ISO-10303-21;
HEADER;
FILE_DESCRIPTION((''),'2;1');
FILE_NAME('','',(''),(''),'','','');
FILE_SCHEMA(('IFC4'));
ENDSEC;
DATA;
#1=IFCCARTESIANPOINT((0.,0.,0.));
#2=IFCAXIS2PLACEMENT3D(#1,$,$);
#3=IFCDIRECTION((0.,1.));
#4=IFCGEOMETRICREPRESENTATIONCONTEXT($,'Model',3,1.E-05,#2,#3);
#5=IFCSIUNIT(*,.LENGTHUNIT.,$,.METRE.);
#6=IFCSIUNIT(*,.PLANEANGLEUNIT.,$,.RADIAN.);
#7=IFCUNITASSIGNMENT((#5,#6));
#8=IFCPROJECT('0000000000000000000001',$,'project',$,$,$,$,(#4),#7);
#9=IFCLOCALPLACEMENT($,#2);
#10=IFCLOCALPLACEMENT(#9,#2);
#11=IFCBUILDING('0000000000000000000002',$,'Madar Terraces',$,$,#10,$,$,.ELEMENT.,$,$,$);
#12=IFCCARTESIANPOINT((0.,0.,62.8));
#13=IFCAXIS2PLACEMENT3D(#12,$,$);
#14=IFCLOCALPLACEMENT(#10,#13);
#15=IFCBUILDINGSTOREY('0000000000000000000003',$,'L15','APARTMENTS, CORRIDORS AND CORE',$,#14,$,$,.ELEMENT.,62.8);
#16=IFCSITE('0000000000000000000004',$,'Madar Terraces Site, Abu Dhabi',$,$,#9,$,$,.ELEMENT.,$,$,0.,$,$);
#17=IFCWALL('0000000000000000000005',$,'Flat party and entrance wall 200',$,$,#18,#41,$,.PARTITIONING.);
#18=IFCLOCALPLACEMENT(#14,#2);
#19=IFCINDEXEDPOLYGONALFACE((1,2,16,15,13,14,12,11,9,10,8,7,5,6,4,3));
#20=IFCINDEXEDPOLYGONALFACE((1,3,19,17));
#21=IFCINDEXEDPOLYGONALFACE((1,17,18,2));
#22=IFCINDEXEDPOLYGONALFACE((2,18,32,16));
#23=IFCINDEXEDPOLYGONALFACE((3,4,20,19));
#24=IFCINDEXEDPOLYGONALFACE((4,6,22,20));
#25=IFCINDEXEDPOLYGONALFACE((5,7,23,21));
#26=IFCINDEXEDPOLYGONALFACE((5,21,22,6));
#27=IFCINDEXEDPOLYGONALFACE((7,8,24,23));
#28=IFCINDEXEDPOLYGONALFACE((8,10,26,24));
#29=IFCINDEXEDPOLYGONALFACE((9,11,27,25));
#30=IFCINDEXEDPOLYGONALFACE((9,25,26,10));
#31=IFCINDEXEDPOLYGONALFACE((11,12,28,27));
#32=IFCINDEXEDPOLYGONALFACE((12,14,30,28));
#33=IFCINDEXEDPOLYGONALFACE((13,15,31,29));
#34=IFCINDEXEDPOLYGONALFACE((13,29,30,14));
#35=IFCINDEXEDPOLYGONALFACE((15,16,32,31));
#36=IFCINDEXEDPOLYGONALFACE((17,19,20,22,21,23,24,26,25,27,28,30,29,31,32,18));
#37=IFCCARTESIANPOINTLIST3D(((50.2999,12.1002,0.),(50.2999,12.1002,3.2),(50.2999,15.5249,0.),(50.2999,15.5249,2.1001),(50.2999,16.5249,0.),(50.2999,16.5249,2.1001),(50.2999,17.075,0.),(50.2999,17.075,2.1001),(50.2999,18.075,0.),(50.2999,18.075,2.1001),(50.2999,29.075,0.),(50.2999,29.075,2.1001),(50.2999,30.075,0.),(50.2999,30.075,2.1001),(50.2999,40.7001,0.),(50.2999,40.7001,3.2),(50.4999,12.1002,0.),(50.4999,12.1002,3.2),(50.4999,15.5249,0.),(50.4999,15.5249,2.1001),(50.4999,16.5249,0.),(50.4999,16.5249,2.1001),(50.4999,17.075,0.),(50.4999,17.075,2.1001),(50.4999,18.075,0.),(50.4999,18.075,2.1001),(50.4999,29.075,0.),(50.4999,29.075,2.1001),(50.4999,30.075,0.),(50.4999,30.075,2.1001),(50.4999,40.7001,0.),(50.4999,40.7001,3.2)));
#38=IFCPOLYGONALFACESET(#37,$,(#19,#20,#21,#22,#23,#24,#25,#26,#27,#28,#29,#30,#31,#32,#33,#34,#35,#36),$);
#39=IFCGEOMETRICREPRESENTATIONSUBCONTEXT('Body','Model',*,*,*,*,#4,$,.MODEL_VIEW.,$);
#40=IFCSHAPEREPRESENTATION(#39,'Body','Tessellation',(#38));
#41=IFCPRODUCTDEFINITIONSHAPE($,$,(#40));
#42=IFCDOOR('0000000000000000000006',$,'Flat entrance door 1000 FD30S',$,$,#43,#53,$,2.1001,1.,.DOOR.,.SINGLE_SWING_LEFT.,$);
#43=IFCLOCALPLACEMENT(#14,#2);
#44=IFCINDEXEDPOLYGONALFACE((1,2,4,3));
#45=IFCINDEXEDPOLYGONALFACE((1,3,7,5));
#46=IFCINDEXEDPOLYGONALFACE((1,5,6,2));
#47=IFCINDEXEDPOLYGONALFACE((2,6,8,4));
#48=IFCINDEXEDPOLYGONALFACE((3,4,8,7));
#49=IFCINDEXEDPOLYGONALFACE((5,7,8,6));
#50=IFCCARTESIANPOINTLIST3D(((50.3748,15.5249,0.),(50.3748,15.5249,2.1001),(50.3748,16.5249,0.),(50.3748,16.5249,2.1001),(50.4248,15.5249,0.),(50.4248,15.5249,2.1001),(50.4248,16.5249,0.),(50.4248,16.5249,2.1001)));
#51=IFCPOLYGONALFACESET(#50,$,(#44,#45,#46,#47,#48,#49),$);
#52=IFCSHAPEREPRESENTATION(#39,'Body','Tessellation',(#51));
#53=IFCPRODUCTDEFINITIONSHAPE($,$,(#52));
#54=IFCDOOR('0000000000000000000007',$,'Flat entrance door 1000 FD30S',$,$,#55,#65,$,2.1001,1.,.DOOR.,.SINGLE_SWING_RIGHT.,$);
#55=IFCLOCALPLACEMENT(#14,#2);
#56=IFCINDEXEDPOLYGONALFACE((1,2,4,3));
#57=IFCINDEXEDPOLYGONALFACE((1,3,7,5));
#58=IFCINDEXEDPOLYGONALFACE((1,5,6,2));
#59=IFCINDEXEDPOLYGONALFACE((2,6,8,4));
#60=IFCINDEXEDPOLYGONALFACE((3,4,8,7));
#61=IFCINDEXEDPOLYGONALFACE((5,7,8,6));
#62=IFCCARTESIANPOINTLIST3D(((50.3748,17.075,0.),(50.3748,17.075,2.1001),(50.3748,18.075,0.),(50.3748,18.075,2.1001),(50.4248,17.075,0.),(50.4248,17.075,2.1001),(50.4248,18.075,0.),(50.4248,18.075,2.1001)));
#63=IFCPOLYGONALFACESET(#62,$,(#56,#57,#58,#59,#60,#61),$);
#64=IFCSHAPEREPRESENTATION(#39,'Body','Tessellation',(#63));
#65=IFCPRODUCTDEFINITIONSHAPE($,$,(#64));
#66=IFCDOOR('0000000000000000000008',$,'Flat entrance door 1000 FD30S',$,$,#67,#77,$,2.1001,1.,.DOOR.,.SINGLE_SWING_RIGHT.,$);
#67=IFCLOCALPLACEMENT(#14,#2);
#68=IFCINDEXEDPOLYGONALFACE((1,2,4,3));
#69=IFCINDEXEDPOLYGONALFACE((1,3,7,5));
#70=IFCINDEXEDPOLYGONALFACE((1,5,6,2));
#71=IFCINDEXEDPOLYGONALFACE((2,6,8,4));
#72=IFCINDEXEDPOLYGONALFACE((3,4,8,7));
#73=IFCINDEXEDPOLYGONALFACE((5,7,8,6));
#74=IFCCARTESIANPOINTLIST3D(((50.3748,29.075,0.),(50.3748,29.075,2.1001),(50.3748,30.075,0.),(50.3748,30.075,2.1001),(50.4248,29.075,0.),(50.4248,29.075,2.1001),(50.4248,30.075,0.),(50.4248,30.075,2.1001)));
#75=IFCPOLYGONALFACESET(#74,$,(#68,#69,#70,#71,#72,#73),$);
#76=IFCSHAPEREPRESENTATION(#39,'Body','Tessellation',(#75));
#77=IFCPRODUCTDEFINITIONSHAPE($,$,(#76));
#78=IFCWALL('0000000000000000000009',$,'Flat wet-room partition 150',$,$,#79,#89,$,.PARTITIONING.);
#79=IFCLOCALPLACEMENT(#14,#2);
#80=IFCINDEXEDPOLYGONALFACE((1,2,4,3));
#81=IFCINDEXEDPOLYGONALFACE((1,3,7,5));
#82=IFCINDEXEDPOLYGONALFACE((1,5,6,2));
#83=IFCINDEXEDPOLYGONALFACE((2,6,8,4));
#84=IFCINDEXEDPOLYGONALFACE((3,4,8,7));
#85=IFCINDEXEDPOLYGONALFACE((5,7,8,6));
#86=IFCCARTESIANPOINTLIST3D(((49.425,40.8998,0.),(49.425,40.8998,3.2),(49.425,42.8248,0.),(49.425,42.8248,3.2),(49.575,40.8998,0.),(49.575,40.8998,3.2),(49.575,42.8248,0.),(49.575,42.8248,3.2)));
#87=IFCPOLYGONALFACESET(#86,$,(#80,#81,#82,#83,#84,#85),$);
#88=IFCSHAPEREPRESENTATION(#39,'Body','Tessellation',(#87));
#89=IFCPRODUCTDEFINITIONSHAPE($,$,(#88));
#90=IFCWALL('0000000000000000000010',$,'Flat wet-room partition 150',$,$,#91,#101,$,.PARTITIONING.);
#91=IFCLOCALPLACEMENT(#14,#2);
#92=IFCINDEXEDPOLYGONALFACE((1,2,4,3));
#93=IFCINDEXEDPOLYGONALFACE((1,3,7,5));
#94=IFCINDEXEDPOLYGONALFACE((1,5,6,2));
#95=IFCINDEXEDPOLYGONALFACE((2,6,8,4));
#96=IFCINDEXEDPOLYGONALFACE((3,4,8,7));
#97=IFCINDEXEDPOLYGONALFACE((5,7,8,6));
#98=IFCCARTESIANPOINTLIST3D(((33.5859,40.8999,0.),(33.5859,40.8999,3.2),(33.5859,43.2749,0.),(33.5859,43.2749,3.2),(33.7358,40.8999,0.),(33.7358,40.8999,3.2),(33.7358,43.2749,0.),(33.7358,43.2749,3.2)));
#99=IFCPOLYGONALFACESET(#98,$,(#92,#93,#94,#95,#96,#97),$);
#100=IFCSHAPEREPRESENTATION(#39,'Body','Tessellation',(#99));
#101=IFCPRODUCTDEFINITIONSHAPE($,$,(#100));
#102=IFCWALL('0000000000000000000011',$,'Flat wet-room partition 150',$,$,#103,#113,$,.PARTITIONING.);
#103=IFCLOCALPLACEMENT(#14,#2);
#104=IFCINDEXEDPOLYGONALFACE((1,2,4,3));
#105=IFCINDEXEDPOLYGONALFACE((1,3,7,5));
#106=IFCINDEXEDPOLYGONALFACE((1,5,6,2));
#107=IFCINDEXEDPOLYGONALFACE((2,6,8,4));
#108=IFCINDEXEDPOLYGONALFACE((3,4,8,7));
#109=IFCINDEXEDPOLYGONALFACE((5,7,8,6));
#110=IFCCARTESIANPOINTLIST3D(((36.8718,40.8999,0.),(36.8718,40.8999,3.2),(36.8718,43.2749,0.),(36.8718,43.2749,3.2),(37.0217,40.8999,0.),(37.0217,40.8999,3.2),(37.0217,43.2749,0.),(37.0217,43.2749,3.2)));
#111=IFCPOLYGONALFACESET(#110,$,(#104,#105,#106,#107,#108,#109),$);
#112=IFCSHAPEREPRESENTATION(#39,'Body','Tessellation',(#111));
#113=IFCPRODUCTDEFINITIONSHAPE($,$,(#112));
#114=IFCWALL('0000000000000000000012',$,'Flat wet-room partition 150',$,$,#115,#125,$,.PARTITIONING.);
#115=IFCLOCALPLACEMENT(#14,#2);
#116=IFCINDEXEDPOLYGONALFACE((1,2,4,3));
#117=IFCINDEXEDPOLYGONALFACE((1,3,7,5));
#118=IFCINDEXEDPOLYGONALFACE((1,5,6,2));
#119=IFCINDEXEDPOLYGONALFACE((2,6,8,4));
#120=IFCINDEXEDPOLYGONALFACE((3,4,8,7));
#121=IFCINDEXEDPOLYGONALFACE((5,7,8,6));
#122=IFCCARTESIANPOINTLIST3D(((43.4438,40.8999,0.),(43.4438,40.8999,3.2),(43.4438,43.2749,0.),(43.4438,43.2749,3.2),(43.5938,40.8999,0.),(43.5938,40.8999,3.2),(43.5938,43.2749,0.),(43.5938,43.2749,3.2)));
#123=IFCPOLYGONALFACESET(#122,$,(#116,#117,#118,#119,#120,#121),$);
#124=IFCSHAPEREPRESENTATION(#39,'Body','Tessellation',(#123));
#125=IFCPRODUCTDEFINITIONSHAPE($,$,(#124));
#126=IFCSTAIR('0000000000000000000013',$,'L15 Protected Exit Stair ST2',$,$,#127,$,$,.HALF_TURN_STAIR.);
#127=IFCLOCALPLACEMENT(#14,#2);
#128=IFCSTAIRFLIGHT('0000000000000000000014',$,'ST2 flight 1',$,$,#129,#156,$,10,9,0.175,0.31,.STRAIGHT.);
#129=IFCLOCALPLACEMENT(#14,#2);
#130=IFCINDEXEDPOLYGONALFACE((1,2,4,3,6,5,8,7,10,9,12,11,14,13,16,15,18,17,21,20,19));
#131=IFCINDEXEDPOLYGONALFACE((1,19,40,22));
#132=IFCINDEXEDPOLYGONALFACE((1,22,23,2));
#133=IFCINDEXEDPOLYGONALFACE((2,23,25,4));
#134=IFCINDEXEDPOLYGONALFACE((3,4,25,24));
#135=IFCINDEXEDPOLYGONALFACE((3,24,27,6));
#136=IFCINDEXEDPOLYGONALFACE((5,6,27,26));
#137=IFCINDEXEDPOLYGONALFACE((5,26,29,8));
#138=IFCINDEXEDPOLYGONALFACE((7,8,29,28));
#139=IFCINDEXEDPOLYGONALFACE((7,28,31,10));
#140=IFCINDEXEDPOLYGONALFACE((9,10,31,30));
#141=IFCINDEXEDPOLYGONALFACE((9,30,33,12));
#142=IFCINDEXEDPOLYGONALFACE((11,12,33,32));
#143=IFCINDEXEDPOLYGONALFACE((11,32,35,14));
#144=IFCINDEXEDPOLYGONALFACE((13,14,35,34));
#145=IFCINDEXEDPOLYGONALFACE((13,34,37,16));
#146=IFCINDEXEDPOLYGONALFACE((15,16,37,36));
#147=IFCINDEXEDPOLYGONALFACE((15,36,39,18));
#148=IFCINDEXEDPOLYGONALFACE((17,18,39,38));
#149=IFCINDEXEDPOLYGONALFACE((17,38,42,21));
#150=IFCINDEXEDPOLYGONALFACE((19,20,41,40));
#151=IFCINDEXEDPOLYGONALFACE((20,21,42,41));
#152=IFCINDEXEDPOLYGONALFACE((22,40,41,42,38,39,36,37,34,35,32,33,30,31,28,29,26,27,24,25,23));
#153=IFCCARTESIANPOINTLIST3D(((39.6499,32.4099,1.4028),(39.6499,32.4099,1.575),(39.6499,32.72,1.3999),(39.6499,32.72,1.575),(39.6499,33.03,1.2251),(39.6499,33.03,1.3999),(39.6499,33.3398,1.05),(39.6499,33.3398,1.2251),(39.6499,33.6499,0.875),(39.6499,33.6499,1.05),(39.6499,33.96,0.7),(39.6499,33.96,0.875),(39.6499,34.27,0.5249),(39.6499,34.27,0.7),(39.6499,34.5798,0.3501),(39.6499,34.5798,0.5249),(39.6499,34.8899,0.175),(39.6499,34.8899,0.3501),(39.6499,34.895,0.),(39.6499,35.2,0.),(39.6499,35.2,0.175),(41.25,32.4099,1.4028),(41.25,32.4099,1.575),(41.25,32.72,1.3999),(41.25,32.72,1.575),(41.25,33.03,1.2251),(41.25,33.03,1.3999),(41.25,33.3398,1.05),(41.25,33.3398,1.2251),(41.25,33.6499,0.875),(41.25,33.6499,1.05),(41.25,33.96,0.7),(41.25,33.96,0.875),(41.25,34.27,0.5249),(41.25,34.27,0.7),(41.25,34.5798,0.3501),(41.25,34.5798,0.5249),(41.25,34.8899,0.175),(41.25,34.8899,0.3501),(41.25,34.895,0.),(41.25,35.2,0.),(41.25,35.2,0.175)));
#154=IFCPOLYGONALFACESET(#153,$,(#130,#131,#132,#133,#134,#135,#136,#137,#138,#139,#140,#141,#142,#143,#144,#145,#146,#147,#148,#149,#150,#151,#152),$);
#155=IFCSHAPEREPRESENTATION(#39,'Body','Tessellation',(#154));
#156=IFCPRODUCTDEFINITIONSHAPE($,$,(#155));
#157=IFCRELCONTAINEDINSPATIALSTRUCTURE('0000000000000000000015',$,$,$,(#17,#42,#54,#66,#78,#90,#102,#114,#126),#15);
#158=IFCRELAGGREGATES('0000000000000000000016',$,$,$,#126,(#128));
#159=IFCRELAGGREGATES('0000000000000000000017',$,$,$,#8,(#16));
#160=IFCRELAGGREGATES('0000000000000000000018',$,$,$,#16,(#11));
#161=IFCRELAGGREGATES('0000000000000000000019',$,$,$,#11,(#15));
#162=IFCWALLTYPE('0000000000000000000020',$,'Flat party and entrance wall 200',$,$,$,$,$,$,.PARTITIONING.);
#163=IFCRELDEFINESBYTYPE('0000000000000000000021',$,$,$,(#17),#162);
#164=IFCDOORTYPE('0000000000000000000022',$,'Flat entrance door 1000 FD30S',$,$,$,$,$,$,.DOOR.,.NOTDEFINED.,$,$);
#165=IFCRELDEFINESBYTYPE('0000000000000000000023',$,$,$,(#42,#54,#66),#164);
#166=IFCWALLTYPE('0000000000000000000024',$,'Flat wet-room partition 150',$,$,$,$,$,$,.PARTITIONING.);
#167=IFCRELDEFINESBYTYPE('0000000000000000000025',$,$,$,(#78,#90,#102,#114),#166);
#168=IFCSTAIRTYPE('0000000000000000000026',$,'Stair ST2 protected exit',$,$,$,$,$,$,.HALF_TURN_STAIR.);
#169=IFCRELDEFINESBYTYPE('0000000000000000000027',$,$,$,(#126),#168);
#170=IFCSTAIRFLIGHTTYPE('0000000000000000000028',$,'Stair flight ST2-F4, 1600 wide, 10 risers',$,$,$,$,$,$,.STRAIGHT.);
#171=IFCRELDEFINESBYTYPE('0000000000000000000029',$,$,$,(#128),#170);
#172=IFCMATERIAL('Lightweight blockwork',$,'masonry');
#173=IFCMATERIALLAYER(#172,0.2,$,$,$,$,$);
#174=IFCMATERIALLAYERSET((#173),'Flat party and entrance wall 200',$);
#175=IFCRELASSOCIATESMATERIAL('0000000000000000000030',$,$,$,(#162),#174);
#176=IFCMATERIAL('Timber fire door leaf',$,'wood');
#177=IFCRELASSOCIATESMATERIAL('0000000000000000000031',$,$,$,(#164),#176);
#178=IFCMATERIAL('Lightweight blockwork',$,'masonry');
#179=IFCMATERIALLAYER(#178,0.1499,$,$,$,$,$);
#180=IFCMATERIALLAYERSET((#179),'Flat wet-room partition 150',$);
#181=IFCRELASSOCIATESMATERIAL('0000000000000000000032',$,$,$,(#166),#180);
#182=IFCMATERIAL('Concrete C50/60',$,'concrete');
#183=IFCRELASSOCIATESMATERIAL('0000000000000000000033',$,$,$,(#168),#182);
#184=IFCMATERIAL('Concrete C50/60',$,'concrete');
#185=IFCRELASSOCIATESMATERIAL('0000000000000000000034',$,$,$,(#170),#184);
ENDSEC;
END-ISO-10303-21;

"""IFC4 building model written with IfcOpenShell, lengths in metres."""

from ifc_helpers import new_model, si_unit, direction, frame, frame_2d, origin, place, context, subcontext, project, spatial, polyline, rectangle, outline, extrude, material, layer, layer_set, type_object, element, fill, aggregate, save


model = new_model("IFC4")

# Units and contexts
model_context = context("Model", 3, precision=1e-05, world=origin(), true_north=direction((0.0, 1.0)))
body_context = subcontext(model_context, "Body", "Model", "MODEL_VIEW")
ifc_project = project(units=[si_unit("LENGTHUNIT", "METRE"), si_unit("PLANEANGLEUNIT", "RADIAN")], contexts=[model_context])

# Site, building, storey
site_placement = place(None, origin())
site = spatial("IfcSite", under=ifc_project, at=site_placement, Name="Madar Terraces Site, Abu Dhabi", CompositionType="ELEMENT", RefElevation=0.0)
building_placement = place(site_placement, origin())
building = spatial("IfcBuilding", under=site, at=building_placement, Name="Madar Terraces", CompositionType="ELEMENT")
storey_placement = place(building_placement, frame((0.0, 0.0, 62.8)))
storey = spatial("IfcBuildingStorey", under=building, at=storey_placement, Name="L15", Description="APARTMENTS, CORRIDORS AND CORE", CompositionType="ELEMENT", Elevation=62.8)

# Wall, openings, doors
ifc_material_1 = material(Name="Lightweight blockwork", Category="masonry")
ifc_layer_1 = layer(ifc_material_1, 0.2)
ifc_layer_set_1 = layer_set([ifc_layer_1], Name="Flat party and entrance wall 200")
wall_type_1 = type_object("IfcWallType", Name="Flat party and entrance wall 200", PredefinedType="PARTITIONING", material=ifc_layer_set_1)
wall_1_placement = place(storey_placement, frame((50.3999, 40.7, 0.0), z_axis=(0.0, 0.0, 1.0), x_axis=(0.0, -1.0, 0.0)))
wall_1 = element("IfcWall", 1, at=wall_1_placement, inside=storey, type_object=wall_type_1, Name="Flat party and entrance wall 200", PredefinedType="PARTITIONING", context=body_context, shape_type="SweptSolid", body=[
    extrude(rectangle(XDim=28.5999, YDim=0.2, at=frame_2d((14.2998, 0.0))), origin(), (0.0, 0.0, 1.0), 3.2),
])
opening_1_placement = place(wall_1_placement, frame((24.175, 0.0, 0.0)))
opening_1 = element("IfcOpeningElement", 2, at=opening_1_placement, cuts=wall_1, PredefinedType="OPENING", context=body_context, shape_type="SweptSolid", body=[
    extrude(rectangle(XDim=1.0, YDim=2.1001, at=frame_2d((0.5, 1.05))), frame((0.0, 0.1099, 0.0), z_axis=(0.0, -1.0, 0.0), x_axis=(1.0, 0.0, 0.0)), (0.0, 0.0, 1.0), 0.22),
])
opening_2_placement = place(wall_1_placement, frame((22.625, 0.0, 0.0)))
opening_2 = element("IfcOpeningElement", 3, at=opening_2_placement, cuts=wall_1, PredefinedType="OPENING", context=body_context, shape_type="SweptSolid", body=[
    extrude(rectangle(XDim=1.0, YDim=2.1001, at=frame_2d((0.5, 1.05))), frame((0.0, 0.1099, 0.0), z_axis=(0.0, -1.0, 0.0), x_axis=(1.0, 0.0, 0.0)), (0.0, 0.0, 1.0), 0.22),
])
opening_3_placement = place(wall_1_placement, frame((10.625, 0.0, 0.0)))
opening_3 = element("IfcOpeningElement", 4, at=opening_3_placement, cuts=wall_1, PredefinedType="OPENING", context=body_context, shape_type="SweptSolid", body=[
    extrude(rectangle(XDim=1.0, YDim=2.1001, at=frame_2d((0.5, 1.05))), frame((0.0, 0.1099, 0.0), z_axis=(0.0, -1.0, 0.0), x_axis=(1.0, 0.0, 0.0)), (0.0, 0.0, 1.0), 0.22),
])
ifc_material_2 = material(Name="Timber fire door leaf", Category="wood")
door_type_1 = type_object("IfcDoorType", Name="Flat entrance door 1000 FD30S", OperationType="NOTDEFINED", PredefinedType="DOOR", material=ifc_material_2)
door_1_placement = place(opening_1_placement, origin())
door_1 = element("IfcDoor", 5, at=door_1_placement, inside=storey, type_object=door_type_1, Name="Flat entrance door 1000 FD30S", OperationType="SINGLE_SWING_LEFT", OverallHeight=2.1001, OverallWidth=1.0, PredefinedType="DOOR", context=body_context, shape_type="SweptSolid", body=[
    extrude(rectangle(XDim=1.0, YDim=2.1001, at=frame_2d((0.5, 1.05))), frame((0.0, 0.0249, 0.0), z_axis=(0.0, -1.0, 0.0), x_axis=(1.0, 0.0, 0.0)), (0.0, 0.0, 1.0), 0.05),
])
fill(opening_1, door_1)
door_2_placement = place(opening_2_placement, origin())
door_2 = element("IfcDoor", 6, at=door_2_placement, inside=storey, type_object=door_type_1, Name="Flat entrance door 1000 FD30S", OperationType="SINGLE_SWING_RIGHT", OverallHeight=2.1001, OverallWidth=1.0, PredefinedType="DOOR", context=body_context, shape_type="SweptSolid", body=[
    extrude(rectangle(XDim=1.0, YDim=2.1001, at=frame_2d((0.5, 1.05))), frame((0.0, 0.0249, 0.0), z_axis=(0.0, -1.0, 0.0), x_axis=(1.0, 0.0, 0.0)), (0.0, 0.0, 1.0), 0.05),
])
fill(opening_2, door_2)
door_3_placement = place(opening_3_placement, origin())
door_3 = element("IfcDoor", 7, at=door_3_placement, inside=storey, type_object=door_type_1, Name="Flat entrance door 1000 FD30S", OperationType="SINGLE_SWING_RIGHT", OverallHeight=2.1001, OverallWidth=1.0, PredefinedType="DOOR", context=body_context, shape_type="SweptSolid", body=[
    extrude(rectangle(XDim=1.0, YDim=2.1001, at=frame_2d((0.5, 1.05))), frame((0.0, 0.0249, 0.0), z_axis=(0.0, -1.0, 0.0), x_axis=(1.0, 0.0, 0.0)), (0.0, 0.0, 1.0), 0.05),
])
fill(opening_3, door_3)

# Walls
ifc_material_3 = material(Name="Lightweight blockwork", Category="masonry")
ifc_layer_2 = layer(ifc_material_3, 0.1499)
ifc_layer_set_2 = layer_set([ifc_layer_2], Name="Flat wet-room partition 150")
wall_type_2 = type_object("IfcWallType", Name="Flat wet-room partition 150", PredefinedType="PARTITIONING", material=ifc_layer_set_2)
wall_2_placement = place(storey_placement, frame((49.5, 40.8999, 0.0), z_axis=(0.0, 0.0, 1.0), x_axis=(0.0, 1.0, 0.0)))
element("IfcWall", 8, at=wall_2_placement, inside=storey, type_object=wall_type_2, Name="Flat wet-room partition 150", PredefinedType="PARTITIONING", context=body_context, shape_type="SweptSolid", body=[
    extrude(rectangle(XDim=1.925, YDim=0.1499, at=frame_2d((0.9624, 0.0))), origin(), (0.0, 0.0, 1.0), 3.2),
])
for number, where, z_axis, x_axis, name in (
    (9, (33.6609, 40.8999, 0.0), (0.0, 0.0, 1.0), (0.0, 1.0, 0.0), "Flat wet-room partition 150"),
    (10, (36.9468, 40.8999, 0.0), (0.0, 0.0, 1.0), (0.0, 1.0, 0.0), "Flat wet-room partition 150"),
    (11, (43.5188, 40.8999, 0.0), (0.0, 0.0, 1.0), (0.0, 1.0, 0.0), "Flat wet-room partition 150"),
):
    element("IfcWall", number, at=place(storey_placement, frame(where, z_axis=z_axis, x_axis=x_axis)), inside=storey, type_object=wall_type_2, Name=name, PredefinedType="PARTITIONING", context=body_context, shape_type="SweptSolid", body=[
        extrude(rectangle(XDim=2.375, YDim=0.1499, at=frame_2d((1.1875, 0.0))), origin(), (0.0, 0.0, 1.0), 3.2),
    ])

# Stair, stair flight
ifc_material_4 = material(Name="Concrete C50/60", Category="concrete")
stair_type = type_object("IfcStairType", Name="Stair ST2 protected exit", PredefinedType="HALF_TURN_STAIR", material=ifc_material_4)
stair_placement = place(storey_placement, origin())
stair = element("IfcStair", 12, at=stair_placement, inside=storey, type_object=stair_type, Name="L15 Protected Exit Stair ST2", PredefinedType="HALF_TURN_STAIR")
ifc_material_5 = material(Name="Concrete C50/60", Category="concrete")
stair_flight_type = type_object("IfcStairFlightType", Name="Stair flight ST2-F4, 1600 wide, 10 risers", PredefinedType="STRAIGHT", material=ifc_material_5)
stair_flight_1_placement = place(storey_placement, frame((40.45, 35.2, 0.0), z_axis=(0.0, 0.0, 1.0), x_axis=(0.0, -1.0, 0.0)))
stair_flight_1 = element("IfcStairFlight", 13, at=stair_flight_1_placement, type_object=stair_flight_type, Name="ST2 flight 1", NumberOfRisers=10, NumberOfTreads=9, PredefinedType="STRAIGHT", RiserHeight=0.175, TreadLength=0.31, context=body_context, shape_type="SweptSolid", body=[
    extrude(outline(polyline([(0.0, 0.0), (0.0, 0.175), (0.3101, 0.175), (0.3101, 0.3501), (0.6201, 0.3501), (0.6201, 0.5249), (0.9299, 0.5249), (0.9299, 0.7), (1.24, 0.7), (1.24, 0.875), (1.55, 0.875), (1.55, 1.05), (1.8601, 1.05), (1.8601, 1.2251), (2.1699, 1.2251), (2.1699, 1.3999), (2.48, 1.3999), (2.48, 1.575), (2.79, 1.575), (2.79, 1.75), (2.79, 1.4028), (0.3049, 0.0), (0.0, 0.0)])), frame((0.0, 0.8, 0.0), z_axis=(0.0, -1.0, 0.0), x_axis=(1.0, 0.0, 0.0)), (0.0, 0.0, 1.0), 1.6001),
])
aggregate(stair, [stair_flight_1])

save(model, "model.ifc")
